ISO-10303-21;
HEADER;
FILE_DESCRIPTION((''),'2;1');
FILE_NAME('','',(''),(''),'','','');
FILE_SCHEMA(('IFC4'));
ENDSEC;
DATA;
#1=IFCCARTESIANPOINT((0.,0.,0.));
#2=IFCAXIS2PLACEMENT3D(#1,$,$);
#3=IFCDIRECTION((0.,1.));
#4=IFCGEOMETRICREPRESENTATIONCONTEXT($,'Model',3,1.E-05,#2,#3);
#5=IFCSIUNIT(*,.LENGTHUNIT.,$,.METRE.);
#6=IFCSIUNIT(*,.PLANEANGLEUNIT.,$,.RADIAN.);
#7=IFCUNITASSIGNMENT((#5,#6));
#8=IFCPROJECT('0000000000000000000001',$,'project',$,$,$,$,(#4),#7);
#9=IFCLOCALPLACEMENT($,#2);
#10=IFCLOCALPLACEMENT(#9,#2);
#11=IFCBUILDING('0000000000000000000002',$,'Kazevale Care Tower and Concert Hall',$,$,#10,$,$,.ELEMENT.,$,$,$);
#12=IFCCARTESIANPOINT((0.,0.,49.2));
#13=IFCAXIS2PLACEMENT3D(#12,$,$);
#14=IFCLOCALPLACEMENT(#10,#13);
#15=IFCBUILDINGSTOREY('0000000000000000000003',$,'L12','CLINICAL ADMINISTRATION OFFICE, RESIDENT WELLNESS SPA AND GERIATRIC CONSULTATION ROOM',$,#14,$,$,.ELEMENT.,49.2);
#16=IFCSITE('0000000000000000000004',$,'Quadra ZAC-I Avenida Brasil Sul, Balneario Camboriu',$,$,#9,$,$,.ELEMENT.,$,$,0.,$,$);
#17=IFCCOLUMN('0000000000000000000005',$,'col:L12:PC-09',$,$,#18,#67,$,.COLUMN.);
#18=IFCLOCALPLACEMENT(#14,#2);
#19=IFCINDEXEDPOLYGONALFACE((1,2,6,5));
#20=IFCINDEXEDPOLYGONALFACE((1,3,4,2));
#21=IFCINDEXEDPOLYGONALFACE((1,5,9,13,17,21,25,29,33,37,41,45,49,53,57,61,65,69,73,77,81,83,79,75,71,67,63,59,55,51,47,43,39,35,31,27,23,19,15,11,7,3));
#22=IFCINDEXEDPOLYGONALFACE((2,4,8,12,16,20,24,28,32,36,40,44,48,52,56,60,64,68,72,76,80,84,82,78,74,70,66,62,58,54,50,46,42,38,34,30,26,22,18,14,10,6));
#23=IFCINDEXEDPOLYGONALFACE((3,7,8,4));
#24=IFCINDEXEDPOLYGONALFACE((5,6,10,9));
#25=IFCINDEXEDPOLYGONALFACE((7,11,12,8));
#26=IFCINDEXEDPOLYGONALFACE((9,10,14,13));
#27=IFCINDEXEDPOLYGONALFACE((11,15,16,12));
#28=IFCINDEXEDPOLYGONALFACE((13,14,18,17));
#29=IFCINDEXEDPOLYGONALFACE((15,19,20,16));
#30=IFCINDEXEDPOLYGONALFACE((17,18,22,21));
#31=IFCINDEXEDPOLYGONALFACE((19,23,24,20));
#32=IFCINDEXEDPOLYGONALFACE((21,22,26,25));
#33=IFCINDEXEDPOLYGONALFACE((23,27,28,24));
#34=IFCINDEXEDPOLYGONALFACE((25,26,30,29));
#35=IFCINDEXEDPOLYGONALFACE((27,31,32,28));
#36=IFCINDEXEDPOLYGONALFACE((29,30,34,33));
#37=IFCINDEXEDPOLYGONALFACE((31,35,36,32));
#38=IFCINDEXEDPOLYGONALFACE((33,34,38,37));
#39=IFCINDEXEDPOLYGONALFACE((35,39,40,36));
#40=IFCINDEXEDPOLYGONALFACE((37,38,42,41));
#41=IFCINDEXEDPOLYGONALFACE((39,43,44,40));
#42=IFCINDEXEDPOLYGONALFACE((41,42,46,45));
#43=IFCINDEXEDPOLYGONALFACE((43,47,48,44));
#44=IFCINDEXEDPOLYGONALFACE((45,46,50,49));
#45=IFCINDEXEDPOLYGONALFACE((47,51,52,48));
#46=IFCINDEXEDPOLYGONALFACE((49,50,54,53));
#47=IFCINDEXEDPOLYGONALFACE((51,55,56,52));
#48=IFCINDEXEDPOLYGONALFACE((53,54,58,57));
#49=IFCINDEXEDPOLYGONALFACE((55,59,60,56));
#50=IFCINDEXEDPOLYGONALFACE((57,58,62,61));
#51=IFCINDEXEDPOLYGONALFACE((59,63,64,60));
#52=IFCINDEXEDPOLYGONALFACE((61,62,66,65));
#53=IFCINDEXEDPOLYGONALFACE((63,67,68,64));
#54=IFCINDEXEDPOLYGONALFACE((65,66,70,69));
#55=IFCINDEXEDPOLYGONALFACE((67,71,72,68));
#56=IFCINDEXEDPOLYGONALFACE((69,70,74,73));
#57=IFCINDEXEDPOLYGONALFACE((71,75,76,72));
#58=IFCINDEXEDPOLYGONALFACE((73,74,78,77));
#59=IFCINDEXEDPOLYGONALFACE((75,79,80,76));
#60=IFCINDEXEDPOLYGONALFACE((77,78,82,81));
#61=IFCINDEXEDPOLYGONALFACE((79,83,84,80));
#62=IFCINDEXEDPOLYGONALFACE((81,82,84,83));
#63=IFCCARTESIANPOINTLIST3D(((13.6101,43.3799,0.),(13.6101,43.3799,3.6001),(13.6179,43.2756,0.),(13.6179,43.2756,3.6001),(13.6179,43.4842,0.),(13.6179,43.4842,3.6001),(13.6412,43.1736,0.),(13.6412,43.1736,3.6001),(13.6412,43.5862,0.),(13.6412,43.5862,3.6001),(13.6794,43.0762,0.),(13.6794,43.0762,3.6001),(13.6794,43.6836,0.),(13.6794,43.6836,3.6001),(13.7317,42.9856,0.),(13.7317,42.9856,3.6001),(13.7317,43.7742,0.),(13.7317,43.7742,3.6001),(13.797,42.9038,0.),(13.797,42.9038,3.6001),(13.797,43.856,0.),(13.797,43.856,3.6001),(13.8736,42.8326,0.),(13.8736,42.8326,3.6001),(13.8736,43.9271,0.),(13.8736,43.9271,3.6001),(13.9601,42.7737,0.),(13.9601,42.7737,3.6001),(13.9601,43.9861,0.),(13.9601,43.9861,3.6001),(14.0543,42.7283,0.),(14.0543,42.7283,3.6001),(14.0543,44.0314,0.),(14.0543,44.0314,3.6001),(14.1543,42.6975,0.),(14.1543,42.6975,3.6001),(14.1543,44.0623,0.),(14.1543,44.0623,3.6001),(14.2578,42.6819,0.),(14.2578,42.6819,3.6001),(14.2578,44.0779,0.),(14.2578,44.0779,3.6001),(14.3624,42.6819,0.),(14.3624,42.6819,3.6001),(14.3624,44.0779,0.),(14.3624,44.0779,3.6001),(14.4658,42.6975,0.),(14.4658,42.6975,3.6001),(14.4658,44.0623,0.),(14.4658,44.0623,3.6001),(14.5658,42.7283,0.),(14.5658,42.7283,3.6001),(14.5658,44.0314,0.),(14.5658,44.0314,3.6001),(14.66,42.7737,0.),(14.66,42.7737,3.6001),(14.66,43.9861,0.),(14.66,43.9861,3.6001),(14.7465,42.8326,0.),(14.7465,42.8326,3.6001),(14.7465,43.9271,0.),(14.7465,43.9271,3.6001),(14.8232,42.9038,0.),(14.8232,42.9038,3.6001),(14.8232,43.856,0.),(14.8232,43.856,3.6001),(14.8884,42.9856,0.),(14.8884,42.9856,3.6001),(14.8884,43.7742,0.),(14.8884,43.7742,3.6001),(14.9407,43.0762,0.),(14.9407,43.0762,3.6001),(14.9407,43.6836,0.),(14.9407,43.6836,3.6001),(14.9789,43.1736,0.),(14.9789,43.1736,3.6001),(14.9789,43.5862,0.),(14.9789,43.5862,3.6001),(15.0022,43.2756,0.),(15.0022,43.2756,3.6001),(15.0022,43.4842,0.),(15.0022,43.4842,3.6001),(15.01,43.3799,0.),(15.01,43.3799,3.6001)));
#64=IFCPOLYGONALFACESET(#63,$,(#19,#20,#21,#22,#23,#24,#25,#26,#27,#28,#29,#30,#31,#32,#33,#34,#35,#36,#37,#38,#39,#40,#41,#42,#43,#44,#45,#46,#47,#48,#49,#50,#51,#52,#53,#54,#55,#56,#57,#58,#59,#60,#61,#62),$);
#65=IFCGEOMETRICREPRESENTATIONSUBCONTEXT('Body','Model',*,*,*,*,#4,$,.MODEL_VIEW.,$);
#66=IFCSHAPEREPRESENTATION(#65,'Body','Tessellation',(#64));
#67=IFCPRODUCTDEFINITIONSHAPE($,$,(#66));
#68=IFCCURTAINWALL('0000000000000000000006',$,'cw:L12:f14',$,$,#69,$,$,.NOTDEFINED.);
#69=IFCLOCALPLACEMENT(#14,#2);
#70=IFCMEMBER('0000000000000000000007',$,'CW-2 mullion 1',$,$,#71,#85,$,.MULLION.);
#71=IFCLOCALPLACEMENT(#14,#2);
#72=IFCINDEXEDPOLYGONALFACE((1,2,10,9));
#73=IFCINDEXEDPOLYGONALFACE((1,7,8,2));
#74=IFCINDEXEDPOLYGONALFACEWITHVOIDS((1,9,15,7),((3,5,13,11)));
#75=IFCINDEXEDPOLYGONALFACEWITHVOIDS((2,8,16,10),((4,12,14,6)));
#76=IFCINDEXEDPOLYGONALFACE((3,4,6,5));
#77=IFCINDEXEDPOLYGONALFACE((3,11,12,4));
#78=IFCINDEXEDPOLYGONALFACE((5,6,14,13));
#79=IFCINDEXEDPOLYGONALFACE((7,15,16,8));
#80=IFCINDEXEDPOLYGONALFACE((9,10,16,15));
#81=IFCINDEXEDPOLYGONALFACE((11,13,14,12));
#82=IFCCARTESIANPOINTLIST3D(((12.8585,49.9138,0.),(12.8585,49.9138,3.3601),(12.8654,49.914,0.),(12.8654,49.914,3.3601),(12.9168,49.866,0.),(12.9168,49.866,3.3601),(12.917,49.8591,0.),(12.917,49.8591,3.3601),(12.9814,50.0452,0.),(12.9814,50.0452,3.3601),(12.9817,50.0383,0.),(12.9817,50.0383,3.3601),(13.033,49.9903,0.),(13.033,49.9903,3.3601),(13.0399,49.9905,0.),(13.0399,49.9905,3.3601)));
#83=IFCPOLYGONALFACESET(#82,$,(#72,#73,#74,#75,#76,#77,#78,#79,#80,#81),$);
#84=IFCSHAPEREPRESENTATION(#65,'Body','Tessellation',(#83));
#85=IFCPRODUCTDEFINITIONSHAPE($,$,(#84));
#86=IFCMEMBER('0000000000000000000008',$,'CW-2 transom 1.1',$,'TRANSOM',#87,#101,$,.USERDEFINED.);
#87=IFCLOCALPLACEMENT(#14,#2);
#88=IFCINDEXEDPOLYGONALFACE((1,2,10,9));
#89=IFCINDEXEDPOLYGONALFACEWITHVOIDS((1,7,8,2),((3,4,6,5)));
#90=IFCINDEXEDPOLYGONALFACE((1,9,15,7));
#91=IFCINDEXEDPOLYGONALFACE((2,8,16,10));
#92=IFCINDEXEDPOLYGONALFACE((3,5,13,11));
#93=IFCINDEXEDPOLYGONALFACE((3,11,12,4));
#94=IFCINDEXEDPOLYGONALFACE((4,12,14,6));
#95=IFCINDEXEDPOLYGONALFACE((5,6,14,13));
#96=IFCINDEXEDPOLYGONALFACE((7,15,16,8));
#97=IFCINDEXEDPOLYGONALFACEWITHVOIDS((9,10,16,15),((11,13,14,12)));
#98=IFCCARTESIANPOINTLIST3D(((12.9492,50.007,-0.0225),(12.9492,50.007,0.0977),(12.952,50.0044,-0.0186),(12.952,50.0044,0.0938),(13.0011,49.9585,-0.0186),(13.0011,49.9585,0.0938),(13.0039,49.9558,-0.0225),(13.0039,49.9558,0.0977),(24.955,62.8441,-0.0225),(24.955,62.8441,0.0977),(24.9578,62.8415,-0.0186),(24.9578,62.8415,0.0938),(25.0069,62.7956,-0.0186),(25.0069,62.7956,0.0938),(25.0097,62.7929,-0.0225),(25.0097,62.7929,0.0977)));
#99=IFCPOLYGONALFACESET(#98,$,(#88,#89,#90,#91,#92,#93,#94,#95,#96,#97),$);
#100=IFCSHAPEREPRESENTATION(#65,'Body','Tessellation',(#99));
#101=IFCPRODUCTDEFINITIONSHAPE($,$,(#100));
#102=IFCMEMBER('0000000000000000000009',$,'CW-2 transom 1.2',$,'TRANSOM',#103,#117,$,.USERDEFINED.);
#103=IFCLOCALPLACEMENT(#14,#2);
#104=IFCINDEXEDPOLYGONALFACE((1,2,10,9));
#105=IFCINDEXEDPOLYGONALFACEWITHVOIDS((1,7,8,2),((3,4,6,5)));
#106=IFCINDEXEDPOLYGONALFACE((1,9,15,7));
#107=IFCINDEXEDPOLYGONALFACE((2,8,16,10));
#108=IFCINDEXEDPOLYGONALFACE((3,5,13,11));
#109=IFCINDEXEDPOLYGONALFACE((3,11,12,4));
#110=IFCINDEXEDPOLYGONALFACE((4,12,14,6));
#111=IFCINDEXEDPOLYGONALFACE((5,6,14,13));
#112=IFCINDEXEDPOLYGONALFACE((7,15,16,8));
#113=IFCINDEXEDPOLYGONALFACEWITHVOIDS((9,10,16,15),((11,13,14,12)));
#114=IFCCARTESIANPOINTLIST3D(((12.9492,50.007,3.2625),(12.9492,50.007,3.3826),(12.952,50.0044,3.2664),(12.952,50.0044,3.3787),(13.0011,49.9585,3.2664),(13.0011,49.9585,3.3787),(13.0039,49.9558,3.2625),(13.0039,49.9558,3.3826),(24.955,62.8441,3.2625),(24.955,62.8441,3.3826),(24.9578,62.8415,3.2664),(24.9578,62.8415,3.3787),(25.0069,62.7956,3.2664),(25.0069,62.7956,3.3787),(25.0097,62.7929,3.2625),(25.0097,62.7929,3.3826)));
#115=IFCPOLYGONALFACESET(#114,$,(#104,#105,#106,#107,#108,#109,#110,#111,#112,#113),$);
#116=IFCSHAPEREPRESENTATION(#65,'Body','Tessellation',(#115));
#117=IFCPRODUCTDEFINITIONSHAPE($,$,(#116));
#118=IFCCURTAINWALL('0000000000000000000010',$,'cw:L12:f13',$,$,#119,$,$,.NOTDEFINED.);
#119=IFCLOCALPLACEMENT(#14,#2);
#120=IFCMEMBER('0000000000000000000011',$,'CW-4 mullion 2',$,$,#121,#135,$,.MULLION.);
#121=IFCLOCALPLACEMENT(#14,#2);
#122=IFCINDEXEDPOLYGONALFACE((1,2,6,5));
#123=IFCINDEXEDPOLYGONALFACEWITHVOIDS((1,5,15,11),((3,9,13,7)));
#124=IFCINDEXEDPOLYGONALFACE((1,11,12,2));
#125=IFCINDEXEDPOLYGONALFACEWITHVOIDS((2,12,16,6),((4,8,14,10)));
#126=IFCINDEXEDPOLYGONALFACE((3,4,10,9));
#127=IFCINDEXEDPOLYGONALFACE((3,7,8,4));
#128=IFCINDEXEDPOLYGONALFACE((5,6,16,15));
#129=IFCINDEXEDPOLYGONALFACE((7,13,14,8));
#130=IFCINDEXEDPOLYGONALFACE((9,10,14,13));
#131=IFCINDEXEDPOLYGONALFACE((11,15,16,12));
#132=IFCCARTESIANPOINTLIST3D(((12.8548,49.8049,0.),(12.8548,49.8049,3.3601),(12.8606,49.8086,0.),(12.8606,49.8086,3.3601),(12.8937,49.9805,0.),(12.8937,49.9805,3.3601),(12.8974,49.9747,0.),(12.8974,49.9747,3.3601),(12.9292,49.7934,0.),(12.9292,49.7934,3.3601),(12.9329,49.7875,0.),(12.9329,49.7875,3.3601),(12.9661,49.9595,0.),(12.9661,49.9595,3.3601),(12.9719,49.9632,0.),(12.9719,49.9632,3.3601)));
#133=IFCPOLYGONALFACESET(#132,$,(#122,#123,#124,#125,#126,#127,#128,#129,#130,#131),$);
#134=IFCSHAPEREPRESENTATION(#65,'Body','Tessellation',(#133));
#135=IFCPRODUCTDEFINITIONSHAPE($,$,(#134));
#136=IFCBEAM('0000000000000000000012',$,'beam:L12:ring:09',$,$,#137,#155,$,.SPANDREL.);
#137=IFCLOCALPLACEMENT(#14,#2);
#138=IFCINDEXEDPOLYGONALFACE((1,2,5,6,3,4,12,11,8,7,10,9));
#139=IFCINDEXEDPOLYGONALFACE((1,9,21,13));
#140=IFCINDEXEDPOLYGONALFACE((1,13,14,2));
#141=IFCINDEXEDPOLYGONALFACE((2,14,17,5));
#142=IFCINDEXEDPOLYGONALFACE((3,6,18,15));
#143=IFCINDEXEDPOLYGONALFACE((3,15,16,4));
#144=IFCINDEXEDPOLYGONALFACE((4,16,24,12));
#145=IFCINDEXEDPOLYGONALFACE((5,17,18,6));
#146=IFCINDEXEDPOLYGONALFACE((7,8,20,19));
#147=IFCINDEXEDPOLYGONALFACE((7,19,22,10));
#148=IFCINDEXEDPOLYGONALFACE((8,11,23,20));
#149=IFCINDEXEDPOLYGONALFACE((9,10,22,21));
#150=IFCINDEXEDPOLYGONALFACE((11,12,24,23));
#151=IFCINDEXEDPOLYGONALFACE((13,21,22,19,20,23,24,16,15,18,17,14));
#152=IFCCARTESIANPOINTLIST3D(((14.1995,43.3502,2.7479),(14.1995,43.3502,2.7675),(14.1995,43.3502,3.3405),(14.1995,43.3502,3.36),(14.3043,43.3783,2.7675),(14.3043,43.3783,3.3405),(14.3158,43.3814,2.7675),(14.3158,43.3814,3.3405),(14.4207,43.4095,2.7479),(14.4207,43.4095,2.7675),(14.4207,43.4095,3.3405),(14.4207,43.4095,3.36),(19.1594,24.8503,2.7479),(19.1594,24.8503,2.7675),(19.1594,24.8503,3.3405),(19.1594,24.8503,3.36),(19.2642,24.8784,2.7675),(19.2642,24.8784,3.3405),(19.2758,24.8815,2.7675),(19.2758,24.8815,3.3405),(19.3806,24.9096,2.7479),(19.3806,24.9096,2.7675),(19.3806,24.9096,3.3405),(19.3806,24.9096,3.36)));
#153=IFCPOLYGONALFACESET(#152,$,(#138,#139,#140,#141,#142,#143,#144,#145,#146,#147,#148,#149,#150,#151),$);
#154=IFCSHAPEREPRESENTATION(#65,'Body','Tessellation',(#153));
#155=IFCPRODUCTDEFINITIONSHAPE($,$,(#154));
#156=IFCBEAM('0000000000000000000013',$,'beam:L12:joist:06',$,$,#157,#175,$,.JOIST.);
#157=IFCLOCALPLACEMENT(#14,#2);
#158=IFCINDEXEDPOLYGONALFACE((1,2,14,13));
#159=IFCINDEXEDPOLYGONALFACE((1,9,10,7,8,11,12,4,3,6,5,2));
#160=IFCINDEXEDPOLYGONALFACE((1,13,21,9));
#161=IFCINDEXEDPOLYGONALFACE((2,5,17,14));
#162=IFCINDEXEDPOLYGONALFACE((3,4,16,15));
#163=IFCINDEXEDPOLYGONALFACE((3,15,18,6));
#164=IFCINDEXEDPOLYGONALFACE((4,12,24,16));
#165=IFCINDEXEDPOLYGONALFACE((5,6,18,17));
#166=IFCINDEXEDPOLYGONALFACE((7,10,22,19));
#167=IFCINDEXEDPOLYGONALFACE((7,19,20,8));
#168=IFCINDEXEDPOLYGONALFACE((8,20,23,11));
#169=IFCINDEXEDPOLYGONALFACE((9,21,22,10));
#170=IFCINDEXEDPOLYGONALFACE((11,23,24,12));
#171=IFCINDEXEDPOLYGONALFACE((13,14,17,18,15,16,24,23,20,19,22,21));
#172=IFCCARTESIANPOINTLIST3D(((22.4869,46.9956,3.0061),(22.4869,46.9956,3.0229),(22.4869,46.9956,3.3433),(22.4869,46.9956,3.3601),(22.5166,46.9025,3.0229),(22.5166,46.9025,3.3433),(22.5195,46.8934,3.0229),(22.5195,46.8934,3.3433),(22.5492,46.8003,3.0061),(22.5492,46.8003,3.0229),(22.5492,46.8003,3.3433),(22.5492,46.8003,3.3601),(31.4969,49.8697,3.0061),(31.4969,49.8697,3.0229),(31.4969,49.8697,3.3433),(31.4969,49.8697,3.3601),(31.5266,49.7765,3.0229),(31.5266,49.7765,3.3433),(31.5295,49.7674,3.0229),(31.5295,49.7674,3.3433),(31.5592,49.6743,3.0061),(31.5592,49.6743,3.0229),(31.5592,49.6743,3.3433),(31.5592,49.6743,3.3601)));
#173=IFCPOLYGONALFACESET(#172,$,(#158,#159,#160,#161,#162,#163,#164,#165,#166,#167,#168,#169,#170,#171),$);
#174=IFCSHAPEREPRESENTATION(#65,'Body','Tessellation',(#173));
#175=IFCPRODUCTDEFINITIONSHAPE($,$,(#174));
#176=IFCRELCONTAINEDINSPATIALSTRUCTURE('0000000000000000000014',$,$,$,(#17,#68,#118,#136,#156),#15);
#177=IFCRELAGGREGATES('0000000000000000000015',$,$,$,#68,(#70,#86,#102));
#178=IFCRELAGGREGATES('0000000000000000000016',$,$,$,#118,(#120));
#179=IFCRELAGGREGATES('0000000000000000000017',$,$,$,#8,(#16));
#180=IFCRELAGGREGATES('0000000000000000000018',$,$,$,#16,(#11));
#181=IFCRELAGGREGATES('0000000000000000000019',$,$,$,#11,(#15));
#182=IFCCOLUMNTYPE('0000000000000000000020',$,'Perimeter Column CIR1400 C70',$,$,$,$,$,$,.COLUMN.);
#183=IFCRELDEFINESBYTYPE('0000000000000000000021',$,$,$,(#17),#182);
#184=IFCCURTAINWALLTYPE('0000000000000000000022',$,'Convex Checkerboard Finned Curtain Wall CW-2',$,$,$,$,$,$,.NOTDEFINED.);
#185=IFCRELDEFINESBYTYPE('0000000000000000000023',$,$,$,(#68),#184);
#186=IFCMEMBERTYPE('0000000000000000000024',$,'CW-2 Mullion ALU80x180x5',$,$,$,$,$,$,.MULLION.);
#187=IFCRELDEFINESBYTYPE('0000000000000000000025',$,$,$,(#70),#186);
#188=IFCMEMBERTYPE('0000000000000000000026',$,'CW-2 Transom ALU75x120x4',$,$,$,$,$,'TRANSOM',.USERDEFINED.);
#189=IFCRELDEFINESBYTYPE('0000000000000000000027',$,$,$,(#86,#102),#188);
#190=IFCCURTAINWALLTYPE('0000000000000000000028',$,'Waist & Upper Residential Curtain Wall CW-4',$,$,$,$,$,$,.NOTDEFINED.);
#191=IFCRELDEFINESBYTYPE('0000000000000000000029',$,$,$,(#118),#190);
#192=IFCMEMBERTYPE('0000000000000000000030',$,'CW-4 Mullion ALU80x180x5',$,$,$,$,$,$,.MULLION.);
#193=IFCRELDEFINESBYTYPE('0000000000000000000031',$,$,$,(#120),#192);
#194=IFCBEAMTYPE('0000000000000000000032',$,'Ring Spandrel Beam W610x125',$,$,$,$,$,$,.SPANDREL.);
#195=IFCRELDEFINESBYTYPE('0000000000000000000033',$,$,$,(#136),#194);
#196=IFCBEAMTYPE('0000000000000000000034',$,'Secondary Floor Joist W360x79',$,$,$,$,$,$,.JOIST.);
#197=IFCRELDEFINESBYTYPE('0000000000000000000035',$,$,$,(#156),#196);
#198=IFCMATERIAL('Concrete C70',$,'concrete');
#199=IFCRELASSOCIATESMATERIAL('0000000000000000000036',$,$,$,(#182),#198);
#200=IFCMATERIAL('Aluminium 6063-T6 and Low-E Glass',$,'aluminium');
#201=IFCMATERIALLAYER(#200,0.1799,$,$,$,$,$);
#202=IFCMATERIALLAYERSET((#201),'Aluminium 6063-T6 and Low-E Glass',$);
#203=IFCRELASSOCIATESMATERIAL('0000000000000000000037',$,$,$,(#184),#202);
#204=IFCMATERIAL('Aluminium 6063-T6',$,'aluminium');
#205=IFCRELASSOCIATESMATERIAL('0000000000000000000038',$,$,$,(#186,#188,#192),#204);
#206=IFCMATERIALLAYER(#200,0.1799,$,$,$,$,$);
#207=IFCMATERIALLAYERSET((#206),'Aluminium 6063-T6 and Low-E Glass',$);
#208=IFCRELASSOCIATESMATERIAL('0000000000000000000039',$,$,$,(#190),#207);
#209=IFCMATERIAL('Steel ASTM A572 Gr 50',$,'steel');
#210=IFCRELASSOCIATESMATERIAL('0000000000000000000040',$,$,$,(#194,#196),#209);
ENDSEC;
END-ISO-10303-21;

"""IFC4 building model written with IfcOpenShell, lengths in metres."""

from ifc_helpers import new_model, si_unit, direction, frame, origin, origin_2d, place, context, subcontext, project, spatial, hollow_rectangle, circle, i_section, extrude, material, layer, layer_set, material_profile, profile_set, type_object, element, aggregate, save


model = new_model("IFC4")

# Units and contexts
model_context = context("Model", 3, precision=1e-05, world=origin(), true_north=direction((0.0, 1.0)))
body_context = subcontext(model_context, "Body", "Model", "MODEL_VIEW")
ifc_project = project(units=[si_unit("LENGTHUNIT", "METRE"), si_unit("PLANEANGLEUNIT", "RADIAN")], contexts=[model_context])

# Site, building, storey
site_placement = place(None, origin())
site = spatial("IfcSite", under=ifc_project, at=site_placement, Name="Quadra ZAC-I Avenida Brasil Sul, Balneario Camboriu", CompositionType="ELEMENT", RefElevation=0.0)
building_placement = place(site_placement, origin())
building = spatial("IfcBuilding", under=site, at=building_placement, Name="Kazevale Care Tower and Concert Hall", CompositionType="ELEMENT")
storey_placement = place(building_placement, frame((0.0, 0.0, 49.2)))
storey = spatial("IfcBuildingStorey", under=building, at=storey_placement, Name="L12", Description="CLINICAL ADMINISTRATION OFFICE, RESIDENT WELLNESS SPA AND GERIATRIC CONSULTATION ROOM", CompositionType="ELEMENT", Elevation=49.2)

# Column
ifc_material_1 = material(Name="Concrete C70", Category="concrete")
ifc_material_profile_1 = material_profile(ifc_material_1, circle(Radius=0.7, at=origin_2d()), Name="RC-CIR1400")
ifc_profile_set_1 = profile_set([ifc_material_profile_1], Name="Concrete C70")
column_type = type_object("IfcColumnType", Name="Perimeter Column CIR1400 C70", PredefinedType="COLUMN", material=ifc_profile_set_1)
column_placement = place(storey_placement, frame((14.3101, 43.3799, 0.0), z_axis=(0.0, 0.0, 1.0), x_axis=(1.0, 0.0, 0.0)))
element("IfcColumn", 1, at=column_placement, inside=storey, type_object=column_type, Name="col:L12:PC-09", PredefinedType="COLUMN", context=body_context, shape_type="SweptSolid", body=[
    extrude(circle(Radius=0.7, at=origin_2d()), origin(), (0.0, 0.0, 1.0), 3.6001),
])

# Curtain wall, members
ifc_material_2 = material(Name="Aluminium 6063-T6 and Low-E Glass", Category="aluminium")
ifc_layer_1 = layer(ifc_material_2, 0.1799)
ifc_layer_set_1 = layer_set([ifc_layer_1], Name="Aluminium 6063-T6 and Low-E Glass")
curtain_wall_type_1 = type_object("IfcCurtainWallType", Name="Convex Checkerboard Finned Curtain Wall CW-2", PredefinedType="NOTDEFINED", material=ifc_layer_set_1)
curtain_wall_1_placement = place(storey_placement, origin())
curtain_wall_1 = element("IfcCurtainWall", 2, at=curtain_wall_1_placement, inside=storey, type_object=curtain_wall_type_1, Name="cw:L12:f14", PredefinedType="NOTDEFINED")
ifc_material_3 = material(Name="Aluminium 6063-T6", Category="aluminium")
ifc_material_profile_2 = material_profile(ifc_material_3, hollow_rectangle(XDim=0.0801, YDim=0.1799, WallThickness=0.0049, at=origin_2d()), Name="ALU80x180x5")
ifc_profile_set_2 = profile_set([ifc_material_profile_2], Name="Aluminium 6063-T6")
member_type_1 = type_object("IfcMemberType", Name="CW-2 Mullion ALU80x180x5", PredefinedType="MULLION", material=ifc_profile_set_2)
member_1_placement = place(storey_placement, frame((12.9492, 49.9521, 0.0), z_axis=(0.0, 0.0, 1.0), x_axis=(-0.730363, 0.683059, 0.0)))
member_1 = element("IfcMember", 3, at=member_1_placement, type_object=member_type_1, Name="CW-2 mullion 1", PredefinedType="MULLION", context=body_context, shape_type="SweptSolid", body=[
    extrude(hollow_rectangle(XDim=0.0801, YDim=0.1799, WallThickness=0.0049, at=origin_2d()), origin(), (0.0, 0.0, 1.0), 3.3601),
])
ifc_material_profile_3 = material_profile(ifc_material_3, hollow_rectangle(XDim=0.075, YDim=0.1201, WallThickness=0.0039, at=origin_2d()), Name="ALU75x120x4")
ifc_profile_set_3 = profile_set([ifc_material_profile_3], Name="Aluminium 6063-T6")
member_type_2 = type_object("IfcMemberType", Name="CW-2 Transom ALU75x120x4", ElementType="TRANSOM", PredefinedType="USERDEFINED", material=ifc_profile_set_3)
member_2_placement = place(storey_placement, frame((12.9766, 49.9814, 0.0376), z_axis=(0.683063, 0.730359, 0.0), x_axis=(-0.730359, 0.683063, 0.0)))
member_2 = element("IfcMember", 4, at=member_2_placement, type_object=member_type_2, Name="CW-2 transom 1.1", ObjectType="TRANSOM", PredefinedType="USERDEFINED", context=body_context, shape_type="SweptSolid", body=[
    extrude(hollow_rectangle(XDim=0.075, YDim=0.1201, WallThickness=0.0039, at=origin_2d()), origin(), (0.0, 0.0, 1.0), 17.5764),
])
member_3_placement = place(storey_placement, frame((12.9766, 49.9814, 3.3225), z_axis=(0.683063, 0.730359, 0.0), x_axis=(-0.730359, 0.683063, 0.0)))
member_3 = element("IfcMember", 5, at=member_3_placement, type_object=member_type_2, Name="CW-2 transom 1.2", ObjectType="TRANSOM", PredefinedType="USERDEFINED", context=body_context, shape_type="SweptSolid", body=[
    extrude(hollow_rectangle(XDim=0.075, YDim=0.1201, WallThickness=0.0039, at=origin_2d()), origin(), (0.0, 0.0, 1.0), 17.5764),
])
aggregate(curtain_wall_1, [member_1, member_2, member_3])

# Curtain wall, member
ifc_layer_2 = layer(ifc_material_2, 0.1799)
ifc_layer_set_2 = layer_set([ifc_layer_2], Name="Aluminium 6063-T6 and Low-E Glass")
curtain_wall_type_2 = type_object("IfcCurtainWallType", Name="Waist & Upper Residential Curtain Wall CW-4", PredefinedType="NOTDEFINED", material=ifc_layer_set_2)
curtain_wall_2_placement = place(storey_placement, origin())
curtain_wall_2 = element("IfcCurtainWall", 6, at=curtain_wall_2_placement, inside=storey, type_object=curtain_wall_type_2, Name="cw:L12:f13", PredefinedType="NOTDEFINED")
ifc_material_profile_4 = material_profile(ifc_material_3, hollow_rectangle(XDim=0.0801, YDim=0.1799, WallThickness=0.0049, at=origin_2d()), Name="ALU80x180x5")
ifc_profile_set_4 = profile_set([ifc_material_profile_4], Name="Aluminium 6063-T6")
member_type_3 = type_object("IfcMemberType", Name="CW-4 Mullion ALU80x180x5", PredefinedType="MULLION", material=ifc_profile_set_4)
member_4_placement = place(storey_placement, frame((12.9133, 49.884, 0.0), z_axis=(0.0, 0.0, 1.0), x_axis=(-0.976291, 0.216461, 0.0)))
member_4 = element("IfcMember", 7, at=member_4_placement, type_object=member_type_3, Name="CW-4 mullion 2", PredefinedType="MULLION", context=body_context, shape_type="SweptSolid", body=[
    extrude(hollow_rectangle(XDim=0.0801, YDim=0.1799, WallThickness=0.0049, at=origin_2d()), origin(), (0.0, 0.0, 1.0), 3.3601),
])

# Beams
ifc_material_4 = material(Name="Steel ASTM A572 Gr 50", Category="steel")
ifc_material_profile_5 = material_profile(ifc_material_4, i_section(OverallWidth=0.229, OverallDepth=0.6121, WebThickness=0.012, FlangeThickness=0.0195, at=origin_2d()), Name="W610x125")
ifc_profile_set_5 = profile_set([ifc_material_profile_5], Name="Steel ASTM A572 Gr 50")
beam_type_1 = type_object("IfcBeamType", Name="Ring Spandrel Beam W610x125", PredefinedType="SPANDREL", material=ifc_profile_set_5)
beam_1_placement = place(storey_placement, frame((14.3101, 43.3799, 3.054), z_axis=(0.25896, -0.965888, 0.0), x_axis=(0.965888, 0.25896, 0.0)))
element("IfcBeam", 8, at=beam_1_placement, inside=storey, type_object=beam_type_1, Name="beam:L12:ring:09", PredefinedType="SPANDREL", context=body_context, shape_type="SweptSolid", body=[
    extrude(i_section(OverallWidth=0.229, OverallDepth=0.6121, WebThickness=0.012, FlangeThickness=0.0195, at=origin_2d()), origin(), (0.0, 0.0, 1.0), 19.1533),
])
ifc_material_profile_6 = material_profile(ifc_material_4, i_section(OverallWidth=0.2051, OverallDepth=0.354, WebThickness=0.0095, FlangeThickness=0.0168, at=origin_2d()), Name="W360x79")
ifc_profile_set_6 = profile_set([ifc_material_profile_6], Name="Steel ASTM A572 Gr 50")
beam_type_2 = type_object("IfcBeamType", Name="Secondary Floor Joist W360x79", PredefinedType="JOIST", material=ifc_profile_set_6)
beam_2_placement = place(storey_placement, frame((31.5281, 49.772, 3.1831), z_axis=(-0.952705, -0.303895, 0.0), x_axis=(0.303895, -0.952705, 0.0)))
element("IfcBeam", 9, at=beam_2_placement, inside=storey, type_object=beam_type_2, Name="beam:L12:joist:06", PredefinedType="JOIST", context=body_context, shape_type="SweptSolid", body=[
    extrude(i_section(OverallWidth=0.2051, OverallDepth=0.354, WebThickness=0.0095, FlangeThickness=0.0168, at=origin_2d()), origin(), (0.0, 0.0, 1.0), 9.4573),
])

aggregate(curtain_wall_2, [member_4])

save(model, "model.ifc")
